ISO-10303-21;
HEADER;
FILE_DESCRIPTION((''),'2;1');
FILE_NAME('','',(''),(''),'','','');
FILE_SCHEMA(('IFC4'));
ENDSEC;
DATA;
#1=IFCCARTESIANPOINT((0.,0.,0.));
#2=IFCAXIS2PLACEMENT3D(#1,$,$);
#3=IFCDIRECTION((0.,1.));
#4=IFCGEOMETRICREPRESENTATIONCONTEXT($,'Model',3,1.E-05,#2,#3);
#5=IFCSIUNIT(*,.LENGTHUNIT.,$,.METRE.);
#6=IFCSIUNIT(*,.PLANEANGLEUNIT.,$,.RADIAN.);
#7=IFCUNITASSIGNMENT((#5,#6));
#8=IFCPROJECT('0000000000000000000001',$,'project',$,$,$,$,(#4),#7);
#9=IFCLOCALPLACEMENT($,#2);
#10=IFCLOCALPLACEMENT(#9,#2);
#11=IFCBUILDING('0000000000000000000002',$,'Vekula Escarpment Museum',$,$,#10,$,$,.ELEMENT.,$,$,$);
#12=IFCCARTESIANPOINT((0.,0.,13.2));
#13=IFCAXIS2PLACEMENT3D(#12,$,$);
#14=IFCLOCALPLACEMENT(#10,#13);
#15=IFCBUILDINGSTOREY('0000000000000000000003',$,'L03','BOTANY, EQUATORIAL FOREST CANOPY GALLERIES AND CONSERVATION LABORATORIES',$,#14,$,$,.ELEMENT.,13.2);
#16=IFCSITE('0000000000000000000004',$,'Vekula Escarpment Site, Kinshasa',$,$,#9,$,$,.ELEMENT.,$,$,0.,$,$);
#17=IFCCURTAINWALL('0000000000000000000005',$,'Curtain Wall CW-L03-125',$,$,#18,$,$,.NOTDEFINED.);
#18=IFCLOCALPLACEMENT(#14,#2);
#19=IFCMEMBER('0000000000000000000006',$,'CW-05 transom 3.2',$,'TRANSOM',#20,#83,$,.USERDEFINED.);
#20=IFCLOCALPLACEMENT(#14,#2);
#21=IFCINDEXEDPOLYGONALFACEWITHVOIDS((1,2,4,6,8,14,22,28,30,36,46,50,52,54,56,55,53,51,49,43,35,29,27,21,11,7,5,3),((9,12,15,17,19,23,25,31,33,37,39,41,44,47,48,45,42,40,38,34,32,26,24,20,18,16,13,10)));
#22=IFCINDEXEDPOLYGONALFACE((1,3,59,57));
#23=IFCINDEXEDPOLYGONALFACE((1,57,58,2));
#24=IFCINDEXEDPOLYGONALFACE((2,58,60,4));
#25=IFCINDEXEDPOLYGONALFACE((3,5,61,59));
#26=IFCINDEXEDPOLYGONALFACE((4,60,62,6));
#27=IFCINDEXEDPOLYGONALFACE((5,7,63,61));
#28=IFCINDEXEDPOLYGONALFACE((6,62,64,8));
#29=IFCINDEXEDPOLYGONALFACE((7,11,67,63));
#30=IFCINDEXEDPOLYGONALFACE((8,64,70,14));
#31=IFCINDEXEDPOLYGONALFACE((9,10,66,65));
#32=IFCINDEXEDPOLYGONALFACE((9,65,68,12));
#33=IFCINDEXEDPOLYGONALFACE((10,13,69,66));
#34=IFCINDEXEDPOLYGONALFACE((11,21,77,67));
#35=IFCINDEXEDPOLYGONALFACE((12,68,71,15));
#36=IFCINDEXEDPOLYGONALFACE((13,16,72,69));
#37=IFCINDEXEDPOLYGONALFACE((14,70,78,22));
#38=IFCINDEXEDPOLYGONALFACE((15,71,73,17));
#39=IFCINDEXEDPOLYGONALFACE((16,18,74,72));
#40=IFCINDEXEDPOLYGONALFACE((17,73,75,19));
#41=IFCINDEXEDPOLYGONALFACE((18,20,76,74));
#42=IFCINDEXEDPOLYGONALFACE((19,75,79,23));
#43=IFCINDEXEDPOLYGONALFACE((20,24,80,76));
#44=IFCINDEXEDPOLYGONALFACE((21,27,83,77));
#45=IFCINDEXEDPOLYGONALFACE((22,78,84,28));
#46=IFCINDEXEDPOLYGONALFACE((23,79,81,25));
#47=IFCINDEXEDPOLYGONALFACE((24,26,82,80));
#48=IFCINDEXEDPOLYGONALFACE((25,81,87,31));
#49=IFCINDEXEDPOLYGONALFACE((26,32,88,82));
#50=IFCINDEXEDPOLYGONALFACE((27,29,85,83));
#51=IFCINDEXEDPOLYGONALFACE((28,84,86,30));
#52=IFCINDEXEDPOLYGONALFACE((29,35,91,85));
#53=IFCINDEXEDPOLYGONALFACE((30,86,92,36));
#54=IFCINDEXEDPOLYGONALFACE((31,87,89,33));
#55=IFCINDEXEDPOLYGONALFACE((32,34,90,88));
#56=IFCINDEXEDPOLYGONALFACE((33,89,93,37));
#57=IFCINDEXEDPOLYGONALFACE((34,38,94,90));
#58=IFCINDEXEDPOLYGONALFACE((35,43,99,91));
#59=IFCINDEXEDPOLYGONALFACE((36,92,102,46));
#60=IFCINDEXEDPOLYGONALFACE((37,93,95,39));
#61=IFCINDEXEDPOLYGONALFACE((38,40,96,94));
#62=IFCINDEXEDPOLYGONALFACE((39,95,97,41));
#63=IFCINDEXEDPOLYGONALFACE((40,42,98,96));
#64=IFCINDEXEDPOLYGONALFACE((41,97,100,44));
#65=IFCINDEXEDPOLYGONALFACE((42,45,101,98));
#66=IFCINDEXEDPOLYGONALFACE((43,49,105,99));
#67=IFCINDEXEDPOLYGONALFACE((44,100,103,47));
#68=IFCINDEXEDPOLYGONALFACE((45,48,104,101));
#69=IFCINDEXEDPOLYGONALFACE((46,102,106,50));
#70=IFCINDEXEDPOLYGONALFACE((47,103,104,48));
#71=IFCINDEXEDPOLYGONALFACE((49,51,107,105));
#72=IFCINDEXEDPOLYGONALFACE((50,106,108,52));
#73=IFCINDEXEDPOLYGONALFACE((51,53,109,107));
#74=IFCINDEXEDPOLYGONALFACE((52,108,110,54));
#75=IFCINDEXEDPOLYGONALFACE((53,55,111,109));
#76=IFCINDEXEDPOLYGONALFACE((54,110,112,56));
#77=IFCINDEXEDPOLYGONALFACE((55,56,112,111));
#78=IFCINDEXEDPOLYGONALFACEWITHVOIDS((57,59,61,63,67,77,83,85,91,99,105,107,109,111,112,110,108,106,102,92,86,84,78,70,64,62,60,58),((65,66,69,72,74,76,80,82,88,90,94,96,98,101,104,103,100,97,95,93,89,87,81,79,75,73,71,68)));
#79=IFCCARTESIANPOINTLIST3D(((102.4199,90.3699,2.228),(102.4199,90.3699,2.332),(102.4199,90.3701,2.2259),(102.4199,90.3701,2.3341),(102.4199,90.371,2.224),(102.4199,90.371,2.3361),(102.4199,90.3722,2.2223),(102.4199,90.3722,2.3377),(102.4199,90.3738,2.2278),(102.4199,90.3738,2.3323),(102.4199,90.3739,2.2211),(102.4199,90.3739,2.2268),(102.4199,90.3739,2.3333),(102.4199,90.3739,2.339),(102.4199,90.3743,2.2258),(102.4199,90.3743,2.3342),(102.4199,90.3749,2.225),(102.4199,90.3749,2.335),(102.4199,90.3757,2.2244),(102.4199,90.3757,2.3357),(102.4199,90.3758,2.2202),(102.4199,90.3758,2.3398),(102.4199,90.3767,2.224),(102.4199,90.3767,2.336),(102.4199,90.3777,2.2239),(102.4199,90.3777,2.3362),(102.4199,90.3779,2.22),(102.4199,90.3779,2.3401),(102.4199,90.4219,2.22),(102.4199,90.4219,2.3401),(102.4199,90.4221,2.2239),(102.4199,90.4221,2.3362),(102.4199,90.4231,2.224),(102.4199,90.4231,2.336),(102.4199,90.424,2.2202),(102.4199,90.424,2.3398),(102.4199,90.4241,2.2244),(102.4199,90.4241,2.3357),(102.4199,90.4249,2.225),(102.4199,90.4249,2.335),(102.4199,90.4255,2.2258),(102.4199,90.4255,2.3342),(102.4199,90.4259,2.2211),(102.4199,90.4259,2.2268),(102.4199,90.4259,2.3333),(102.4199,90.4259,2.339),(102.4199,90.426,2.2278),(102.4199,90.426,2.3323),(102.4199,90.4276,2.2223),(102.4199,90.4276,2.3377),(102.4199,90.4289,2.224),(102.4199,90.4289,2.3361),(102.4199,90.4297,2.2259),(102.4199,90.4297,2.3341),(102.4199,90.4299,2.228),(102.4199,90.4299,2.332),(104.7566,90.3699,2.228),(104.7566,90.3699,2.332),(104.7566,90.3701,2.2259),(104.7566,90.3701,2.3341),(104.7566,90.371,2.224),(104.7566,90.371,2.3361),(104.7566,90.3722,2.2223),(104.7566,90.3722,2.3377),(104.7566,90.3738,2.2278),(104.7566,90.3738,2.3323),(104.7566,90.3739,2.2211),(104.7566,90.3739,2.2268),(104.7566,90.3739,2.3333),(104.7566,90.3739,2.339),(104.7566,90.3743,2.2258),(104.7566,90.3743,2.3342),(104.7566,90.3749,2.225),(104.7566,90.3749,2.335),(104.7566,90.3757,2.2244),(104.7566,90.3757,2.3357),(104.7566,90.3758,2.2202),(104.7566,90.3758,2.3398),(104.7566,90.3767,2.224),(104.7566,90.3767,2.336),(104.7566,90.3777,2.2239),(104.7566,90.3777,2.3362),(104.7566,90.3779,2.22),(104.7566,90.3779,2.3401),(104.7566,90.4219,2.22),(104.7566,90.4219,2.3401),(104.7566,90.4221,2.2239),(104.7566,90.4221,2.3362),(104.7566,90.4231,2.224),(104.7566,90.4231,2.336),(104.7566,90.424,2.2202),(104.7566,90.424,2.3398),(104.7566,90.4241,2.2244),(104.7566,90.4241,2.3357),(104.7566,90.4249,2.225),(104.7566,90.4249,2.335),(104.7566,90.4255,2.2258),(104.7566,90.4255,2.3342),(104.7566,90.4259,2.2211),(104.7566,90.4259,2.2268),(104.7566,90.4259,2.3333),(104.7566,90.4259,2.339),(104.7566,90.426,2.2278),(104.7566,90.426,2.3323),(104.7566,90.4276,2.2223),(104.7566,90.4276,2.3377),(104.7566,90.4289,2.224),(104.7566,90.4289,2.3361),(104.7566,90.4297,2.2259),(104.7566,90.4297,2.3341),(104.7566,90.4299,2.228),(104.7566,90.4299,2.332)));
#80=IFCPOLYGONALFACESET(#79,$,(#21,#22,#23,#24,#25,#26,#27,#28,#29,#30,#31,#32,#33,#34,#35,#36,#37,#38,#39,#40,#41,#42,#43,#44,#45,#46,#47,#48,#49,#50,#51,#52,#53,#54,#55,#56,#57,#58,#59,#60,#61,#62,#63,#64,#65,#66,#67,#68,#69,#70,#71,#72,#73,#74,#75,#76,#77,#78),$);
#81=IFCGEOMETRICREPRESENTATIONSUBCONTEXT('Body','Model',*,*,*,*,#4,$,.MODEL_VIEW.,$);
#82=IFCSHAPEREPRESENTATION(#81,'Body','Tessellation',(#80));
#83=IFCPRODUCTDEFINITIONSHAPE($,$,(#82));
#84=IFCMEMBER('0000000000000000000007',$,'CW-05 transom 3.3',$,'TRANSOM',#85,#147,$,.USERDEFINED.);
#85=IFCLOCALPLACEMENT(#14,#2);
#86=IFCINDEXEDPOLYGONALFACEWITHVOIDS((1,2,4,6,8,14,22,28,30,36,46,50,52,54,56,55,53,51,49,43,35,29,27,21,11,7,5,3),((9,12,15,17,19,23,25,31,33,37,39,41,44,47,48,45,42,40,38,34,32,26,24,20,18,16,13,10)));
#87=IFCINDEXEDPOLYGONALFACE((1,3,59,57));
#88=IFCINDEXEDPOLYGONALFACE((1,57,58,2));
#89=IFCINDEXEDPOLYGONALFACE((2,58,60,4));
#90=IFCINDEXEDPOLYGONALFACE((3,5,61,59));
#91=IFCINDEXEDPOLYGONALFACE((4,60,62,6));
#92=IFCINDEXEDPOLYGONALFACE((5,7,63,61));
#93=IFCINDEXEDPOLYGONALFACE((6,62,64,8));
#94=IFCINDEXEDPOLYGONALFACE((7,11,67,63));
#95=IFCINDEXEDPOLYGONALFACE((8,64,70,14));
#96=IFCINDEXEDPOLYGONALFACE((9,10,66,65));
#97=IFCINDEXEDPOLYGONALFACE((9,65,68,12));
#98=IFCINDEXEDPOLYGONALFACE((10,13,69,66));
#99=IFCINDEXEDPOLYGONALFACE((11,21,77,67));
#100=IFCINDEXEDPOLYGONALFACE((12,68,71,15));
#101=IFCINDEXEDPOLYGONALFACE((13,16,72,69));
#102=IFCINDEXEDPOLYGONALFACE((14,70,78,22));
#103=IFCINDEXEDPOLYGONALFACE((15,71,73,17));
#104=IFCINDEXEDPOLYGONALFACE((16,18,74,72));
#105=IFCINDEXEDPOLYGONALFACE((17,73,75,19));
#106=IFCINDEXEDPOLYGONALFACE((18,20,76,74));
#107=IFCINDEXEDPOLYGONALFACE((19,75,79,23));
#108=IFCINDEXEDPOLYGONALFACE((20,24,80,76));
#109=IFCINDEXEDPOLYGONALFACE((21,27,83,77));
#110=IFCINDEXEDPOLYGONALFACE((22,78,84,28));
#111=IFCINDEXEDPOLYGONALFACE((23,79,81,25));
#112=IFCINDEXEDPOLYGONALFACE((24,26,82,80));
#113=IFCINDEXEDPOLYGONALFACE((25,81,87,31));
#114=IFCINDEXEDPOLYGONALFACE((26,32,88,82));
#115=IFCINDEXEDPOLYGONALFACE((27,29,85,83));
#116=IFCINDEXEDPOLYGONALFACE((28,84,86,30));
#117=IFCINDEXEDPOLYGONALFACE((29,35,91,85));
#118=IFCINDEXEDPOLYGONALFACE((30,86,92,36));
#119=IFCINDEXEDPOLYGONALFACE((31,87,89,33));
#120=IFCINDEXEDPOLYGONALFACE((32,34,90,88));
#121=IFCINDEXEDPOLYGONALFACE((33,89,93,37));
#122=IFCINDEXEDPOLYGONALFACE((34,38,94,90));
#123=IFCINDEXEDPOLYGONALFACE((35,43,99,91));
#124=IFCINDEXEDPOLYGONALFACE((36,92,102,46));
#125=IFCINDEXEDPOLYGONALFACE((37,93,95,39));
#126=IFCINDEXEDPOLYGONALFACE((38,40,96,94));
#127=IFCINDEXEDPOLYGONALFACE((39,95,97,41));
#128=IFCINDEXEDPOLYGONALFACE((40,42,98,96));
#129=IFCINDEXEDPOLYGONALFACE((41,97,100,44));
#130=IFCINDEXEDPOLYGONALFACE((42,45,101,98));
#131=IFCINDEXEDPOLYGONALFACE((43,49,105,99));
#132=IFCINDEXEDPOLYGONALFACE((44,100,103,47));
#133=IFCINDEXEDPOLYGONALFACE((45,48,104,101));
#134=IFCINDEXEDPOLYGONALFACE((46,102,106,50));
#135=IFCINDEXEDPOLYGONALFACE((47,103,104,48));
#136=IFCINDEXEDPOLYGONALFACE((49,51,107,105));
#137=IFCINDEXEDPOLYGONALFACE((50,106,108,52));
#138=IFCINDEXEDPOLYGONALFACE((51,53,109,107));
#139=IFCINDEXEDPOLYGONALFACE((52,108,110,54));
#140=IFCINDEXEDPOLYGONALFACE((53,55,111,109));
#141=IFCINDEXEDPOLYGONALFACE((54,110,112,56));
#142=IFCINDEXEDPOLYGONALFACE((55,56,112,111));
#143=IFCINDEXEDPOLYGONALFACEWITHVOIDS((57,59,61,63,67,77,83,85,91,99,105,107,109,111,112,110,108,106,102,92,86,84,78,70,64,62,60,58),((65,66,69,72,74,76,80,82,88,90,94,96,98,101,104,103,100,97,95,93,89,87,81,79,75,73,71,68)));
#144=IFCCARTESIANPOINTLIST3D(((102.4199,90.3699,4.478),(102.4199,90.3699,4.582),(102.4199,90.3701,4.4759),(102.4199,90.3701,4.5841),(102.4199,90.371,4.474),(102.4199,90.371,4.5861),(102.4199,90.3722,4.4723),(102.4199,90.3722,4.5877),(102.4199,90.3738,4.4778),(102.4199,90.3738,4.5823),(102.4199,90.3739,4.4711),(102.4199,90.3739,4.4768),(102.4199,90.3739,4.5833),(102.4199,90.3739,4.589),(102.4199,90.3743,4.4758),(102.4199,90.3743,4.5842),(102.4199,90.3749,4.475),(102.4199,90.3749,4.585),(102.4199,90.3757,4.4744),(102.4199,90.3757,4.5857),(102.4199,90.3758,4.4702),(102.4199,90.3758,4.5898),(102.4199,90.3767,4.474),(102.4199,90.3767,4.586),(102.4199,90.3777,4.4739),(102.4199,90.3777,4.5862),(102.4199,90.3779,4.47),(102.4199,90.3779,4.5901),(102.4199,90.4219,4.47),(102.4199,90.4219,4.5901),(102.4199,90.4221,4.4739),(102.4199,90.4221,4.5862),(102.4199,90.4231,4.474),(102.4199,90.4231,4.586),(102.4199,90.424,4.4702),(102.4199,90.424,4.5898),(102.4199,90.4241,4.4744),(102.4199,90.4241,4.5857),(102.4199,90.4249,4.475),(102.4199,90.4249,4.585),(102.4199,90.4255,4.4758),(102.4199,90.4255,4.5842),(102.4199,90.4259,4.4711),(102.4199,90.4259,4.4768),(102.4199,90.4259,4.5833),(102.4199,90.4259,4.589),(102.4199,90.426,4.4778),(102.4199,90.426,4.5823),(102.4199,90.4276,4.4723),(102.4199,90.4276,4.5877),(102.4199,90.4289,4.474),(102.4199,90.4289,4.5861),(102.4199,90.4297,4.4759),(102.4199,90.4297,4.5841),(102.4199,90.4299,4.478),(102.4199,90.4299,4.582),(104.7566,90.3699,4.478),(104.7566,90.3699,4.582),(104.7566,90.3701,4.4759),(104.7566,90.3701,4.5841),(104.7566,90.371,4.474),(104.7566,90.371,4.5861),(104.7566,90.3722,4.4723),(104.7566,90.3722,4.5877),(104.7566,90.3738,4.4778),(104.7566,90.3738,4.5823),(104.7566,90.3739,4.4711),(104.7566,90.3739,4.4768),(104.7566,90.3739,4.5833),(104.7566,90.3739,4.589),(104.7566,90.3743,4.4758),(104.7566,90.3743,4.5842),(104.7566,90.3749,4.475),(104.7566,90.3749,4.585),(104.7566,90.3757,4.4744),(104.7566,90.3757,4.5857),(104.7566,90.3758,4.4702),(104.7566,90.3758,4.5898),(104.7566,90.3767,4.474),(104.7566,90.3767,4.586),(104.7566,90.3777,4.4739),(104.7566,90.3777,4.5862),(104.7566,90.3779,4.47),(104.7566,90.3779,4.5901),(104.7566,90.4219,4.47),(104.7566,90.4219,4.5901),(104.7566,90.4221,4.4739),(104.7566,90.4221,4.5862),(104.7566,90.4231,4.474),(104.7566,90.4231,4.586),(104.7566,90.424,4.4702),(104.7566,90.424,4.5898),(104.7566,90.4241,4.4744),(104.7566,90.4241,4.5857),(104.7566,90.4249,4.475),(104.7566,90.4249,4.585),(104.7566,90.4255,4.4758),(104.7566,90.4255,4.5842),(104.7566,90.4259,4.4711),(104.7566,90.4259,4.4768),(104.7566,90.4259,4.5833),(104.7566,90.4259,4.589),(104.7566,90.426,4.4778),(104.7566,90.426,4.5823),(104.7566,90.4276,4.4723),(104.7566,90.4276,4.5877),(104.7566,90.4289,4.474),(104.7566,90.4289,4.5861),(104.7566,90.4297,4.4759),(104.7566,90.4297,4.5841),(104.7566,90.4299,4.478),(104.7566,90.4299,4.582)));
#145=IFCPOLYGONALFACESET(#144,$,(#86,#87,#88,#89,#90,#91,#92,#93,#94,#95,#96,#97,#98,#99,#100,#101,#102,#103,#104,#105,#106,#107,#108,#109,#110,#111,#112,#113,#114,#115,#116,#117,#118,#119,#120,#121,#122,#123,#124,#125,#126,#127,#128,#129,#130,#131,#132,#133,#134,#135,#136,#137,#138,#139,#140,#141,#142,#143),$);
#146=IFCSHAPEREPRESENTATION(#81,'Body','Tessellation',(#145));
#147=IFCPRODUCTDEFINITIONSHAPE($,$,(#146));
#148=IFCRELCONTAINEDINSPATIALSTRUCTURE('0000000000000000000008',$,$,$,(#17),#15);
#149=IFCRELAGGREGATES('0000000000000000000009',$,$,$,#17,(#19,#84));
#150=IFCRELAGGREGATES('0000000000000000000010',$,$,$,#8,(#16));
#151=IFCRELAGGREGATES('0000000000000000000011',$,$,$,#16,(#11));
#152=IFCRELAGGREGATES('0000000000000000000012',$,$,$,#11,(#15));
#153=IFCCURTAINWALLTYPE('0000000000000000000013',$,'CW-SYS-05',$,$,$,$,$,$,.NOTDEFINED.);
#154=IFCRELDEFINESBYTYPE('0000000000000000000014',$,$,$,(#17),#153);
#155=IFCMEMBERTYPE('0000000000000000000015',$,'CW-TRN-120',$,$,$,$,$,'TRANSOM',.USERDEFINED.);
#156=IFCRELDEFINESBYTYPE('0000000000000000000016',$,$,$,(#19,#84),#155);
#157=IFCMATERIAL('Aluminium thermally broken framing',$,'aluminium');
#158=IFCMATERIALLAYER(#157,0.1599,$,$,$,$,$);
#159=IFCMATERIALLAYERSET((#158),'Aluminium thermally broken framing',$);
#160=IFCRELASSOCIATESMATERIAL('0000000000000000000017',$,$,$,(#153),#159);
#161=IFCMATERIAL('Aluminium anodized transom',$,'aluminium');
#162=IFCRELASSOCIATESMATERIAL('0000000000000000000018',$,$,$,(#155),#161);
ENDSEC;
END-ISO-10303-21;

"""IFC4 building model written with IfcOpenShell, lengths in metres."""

from ifc_helpers import new_model, si_unit, direction, frame, origin, origin_2d, place, context, subcontext, project, spatial, hollow_rectangle, extrude, material, layer, layer_set, material_profile, profile_set, type_object, element, aggregate, save


model = new_model("IFC4")

# Units and contexts
model_context = context("Model", 3, precision=1e-05, world=origin(), true_north=direction((0.0, 1.0)))
body_context = subcontext(model_context, "Body", "Model", "MODEL_VIEW")
ifc_project = project(units=[si_unit("LENGTHUNIT", "METRE"), si_unit("PLANEANGLEUNIT", "RADIAN")], contexts=[model_context])

# Site, building, storey
site_placement = place(None, origin())
site = spatial("IfcSite", under=ifc_project, at=site_placement, Name="Vekula Escarpment Site, Kinshasa", CompositionType="ELEMENT", RefElevation=0.0)
building_placement = place(site_placement, origin())
building = spatial("IfcBuilding", under=site, at=building_placement, Name="Vekula Escarpment Museum", CompositionType="ELEMENT")
storey_placement = place(building_placement, frame((0.0, 0.0, 13.2)))
storey = spatial("IfcBuildingStorey", under=building, at=storey_placement, Name="L03", Description="BOTANY, EQUATORIAL FOREST CANOPY GALLERIES AND CONSERVATION LABORATORIES", CompositionType="ELEMENT", Elevation=13.2)

# Curtain wall
ifc_material_1 = material(Name="Aluminium thermally broken framing", Category="aluminium")
ifc_layer_1 = layer(ifc_material_1, 0.1599)
ifc_layer_set_1 = layer_set([ifc_layer_1], Name="Aluminium thermally broken framing")
curtain_wall_type_1 = type_object("IfcCurtainWallType", Name="CW-SYS-05", PredefinedType="NOTDEFINED", material=ifc_layer_set_1)
curtain_wall_1_placement = place(storey_placement, origin())
curtain_wall_1 = element("IfcCurtainWall", 1, at=curtain_wall_1_placement, inside=storey, type_object=curtain_wall_type_1, Name="Curtain Wall CW-L03-125", PredefinedType="NOTDEFINED")

# Members
ifc_material_2 = material(Name="Aluminium anodized transom", Category="aluminium")
ifc_material_profile_1 = material_profile(ifc_material_2, hollow_rectangle(XDim=0.0601, YDim=0.1201, WallThickness=0.0039, InnerFilletRadius=0.0039, OuterFilletRadius=0.0081, at=origin_2d()), Name="ALU 120x60x4")
ifc_profile_set_1 = profile_set([ifc_material_profile_1], Name="Aluminium anodized transom")
member_type_1 = type_object("IfcMemberType", Name="CW-TRN-120", ElementType="TRANSOM", PredefinedType="USERDEFINED", material=ifc_profile_set_1)
member_1_placement = place(storey_placement, frame((104.7566, 90.3999, 2.28), z_axis=(-1.0, 0.0, 0.0), x_axis=(0.0, -1.0, 0.0)))
member_1 = element("IfcMember", 2, at=member_1_placement, type_object=member_type_1, Name="CW-05 transom 3.2", ObjectType="TRANSOM", PredefinedType="USERDEFINED", context=body_context, shape_type="SweptSolid", body=[
    extrude(hollow_rectangle(XDim=0.0601, YDim=0.1201, WallThickness=0.0039, InnerFilletRadius=0.0039, OuterFilletRadius=0.0081, at=origin_2d()), origin(), (0.0, 0.0, 1.0), 2.3367),
])
member_2_placement = place(storey_placement, frame((104.7566, 90.3999, 4.53), z_axis=(-1.0, 0.0, 0.0), x_axis=(0.0, -1.0, 0.0)))
member_2 = element("IfcMember", 3, at=member_2_placement, type_object=member_type_1, Name="CW-05 transom 3.3", ObjectType="TRANSOM", PredefinedType="USERDEFINED", context=body_context, shape_type="SweptSolid", body=[
    extrude(hollow_rectangle(XDim=0.0601, YDim=0.1201, WallThickness=0.0039, InnerFilletRadius=0.0039, OuterFilletRadius=0.0081, at=origin_2d()), origin(), (0.0, 0.0, 1.0), 2.3367),
])

aggregate(curtain_wall_1, [member_1, member_2])

save(model, "model.ifc")
